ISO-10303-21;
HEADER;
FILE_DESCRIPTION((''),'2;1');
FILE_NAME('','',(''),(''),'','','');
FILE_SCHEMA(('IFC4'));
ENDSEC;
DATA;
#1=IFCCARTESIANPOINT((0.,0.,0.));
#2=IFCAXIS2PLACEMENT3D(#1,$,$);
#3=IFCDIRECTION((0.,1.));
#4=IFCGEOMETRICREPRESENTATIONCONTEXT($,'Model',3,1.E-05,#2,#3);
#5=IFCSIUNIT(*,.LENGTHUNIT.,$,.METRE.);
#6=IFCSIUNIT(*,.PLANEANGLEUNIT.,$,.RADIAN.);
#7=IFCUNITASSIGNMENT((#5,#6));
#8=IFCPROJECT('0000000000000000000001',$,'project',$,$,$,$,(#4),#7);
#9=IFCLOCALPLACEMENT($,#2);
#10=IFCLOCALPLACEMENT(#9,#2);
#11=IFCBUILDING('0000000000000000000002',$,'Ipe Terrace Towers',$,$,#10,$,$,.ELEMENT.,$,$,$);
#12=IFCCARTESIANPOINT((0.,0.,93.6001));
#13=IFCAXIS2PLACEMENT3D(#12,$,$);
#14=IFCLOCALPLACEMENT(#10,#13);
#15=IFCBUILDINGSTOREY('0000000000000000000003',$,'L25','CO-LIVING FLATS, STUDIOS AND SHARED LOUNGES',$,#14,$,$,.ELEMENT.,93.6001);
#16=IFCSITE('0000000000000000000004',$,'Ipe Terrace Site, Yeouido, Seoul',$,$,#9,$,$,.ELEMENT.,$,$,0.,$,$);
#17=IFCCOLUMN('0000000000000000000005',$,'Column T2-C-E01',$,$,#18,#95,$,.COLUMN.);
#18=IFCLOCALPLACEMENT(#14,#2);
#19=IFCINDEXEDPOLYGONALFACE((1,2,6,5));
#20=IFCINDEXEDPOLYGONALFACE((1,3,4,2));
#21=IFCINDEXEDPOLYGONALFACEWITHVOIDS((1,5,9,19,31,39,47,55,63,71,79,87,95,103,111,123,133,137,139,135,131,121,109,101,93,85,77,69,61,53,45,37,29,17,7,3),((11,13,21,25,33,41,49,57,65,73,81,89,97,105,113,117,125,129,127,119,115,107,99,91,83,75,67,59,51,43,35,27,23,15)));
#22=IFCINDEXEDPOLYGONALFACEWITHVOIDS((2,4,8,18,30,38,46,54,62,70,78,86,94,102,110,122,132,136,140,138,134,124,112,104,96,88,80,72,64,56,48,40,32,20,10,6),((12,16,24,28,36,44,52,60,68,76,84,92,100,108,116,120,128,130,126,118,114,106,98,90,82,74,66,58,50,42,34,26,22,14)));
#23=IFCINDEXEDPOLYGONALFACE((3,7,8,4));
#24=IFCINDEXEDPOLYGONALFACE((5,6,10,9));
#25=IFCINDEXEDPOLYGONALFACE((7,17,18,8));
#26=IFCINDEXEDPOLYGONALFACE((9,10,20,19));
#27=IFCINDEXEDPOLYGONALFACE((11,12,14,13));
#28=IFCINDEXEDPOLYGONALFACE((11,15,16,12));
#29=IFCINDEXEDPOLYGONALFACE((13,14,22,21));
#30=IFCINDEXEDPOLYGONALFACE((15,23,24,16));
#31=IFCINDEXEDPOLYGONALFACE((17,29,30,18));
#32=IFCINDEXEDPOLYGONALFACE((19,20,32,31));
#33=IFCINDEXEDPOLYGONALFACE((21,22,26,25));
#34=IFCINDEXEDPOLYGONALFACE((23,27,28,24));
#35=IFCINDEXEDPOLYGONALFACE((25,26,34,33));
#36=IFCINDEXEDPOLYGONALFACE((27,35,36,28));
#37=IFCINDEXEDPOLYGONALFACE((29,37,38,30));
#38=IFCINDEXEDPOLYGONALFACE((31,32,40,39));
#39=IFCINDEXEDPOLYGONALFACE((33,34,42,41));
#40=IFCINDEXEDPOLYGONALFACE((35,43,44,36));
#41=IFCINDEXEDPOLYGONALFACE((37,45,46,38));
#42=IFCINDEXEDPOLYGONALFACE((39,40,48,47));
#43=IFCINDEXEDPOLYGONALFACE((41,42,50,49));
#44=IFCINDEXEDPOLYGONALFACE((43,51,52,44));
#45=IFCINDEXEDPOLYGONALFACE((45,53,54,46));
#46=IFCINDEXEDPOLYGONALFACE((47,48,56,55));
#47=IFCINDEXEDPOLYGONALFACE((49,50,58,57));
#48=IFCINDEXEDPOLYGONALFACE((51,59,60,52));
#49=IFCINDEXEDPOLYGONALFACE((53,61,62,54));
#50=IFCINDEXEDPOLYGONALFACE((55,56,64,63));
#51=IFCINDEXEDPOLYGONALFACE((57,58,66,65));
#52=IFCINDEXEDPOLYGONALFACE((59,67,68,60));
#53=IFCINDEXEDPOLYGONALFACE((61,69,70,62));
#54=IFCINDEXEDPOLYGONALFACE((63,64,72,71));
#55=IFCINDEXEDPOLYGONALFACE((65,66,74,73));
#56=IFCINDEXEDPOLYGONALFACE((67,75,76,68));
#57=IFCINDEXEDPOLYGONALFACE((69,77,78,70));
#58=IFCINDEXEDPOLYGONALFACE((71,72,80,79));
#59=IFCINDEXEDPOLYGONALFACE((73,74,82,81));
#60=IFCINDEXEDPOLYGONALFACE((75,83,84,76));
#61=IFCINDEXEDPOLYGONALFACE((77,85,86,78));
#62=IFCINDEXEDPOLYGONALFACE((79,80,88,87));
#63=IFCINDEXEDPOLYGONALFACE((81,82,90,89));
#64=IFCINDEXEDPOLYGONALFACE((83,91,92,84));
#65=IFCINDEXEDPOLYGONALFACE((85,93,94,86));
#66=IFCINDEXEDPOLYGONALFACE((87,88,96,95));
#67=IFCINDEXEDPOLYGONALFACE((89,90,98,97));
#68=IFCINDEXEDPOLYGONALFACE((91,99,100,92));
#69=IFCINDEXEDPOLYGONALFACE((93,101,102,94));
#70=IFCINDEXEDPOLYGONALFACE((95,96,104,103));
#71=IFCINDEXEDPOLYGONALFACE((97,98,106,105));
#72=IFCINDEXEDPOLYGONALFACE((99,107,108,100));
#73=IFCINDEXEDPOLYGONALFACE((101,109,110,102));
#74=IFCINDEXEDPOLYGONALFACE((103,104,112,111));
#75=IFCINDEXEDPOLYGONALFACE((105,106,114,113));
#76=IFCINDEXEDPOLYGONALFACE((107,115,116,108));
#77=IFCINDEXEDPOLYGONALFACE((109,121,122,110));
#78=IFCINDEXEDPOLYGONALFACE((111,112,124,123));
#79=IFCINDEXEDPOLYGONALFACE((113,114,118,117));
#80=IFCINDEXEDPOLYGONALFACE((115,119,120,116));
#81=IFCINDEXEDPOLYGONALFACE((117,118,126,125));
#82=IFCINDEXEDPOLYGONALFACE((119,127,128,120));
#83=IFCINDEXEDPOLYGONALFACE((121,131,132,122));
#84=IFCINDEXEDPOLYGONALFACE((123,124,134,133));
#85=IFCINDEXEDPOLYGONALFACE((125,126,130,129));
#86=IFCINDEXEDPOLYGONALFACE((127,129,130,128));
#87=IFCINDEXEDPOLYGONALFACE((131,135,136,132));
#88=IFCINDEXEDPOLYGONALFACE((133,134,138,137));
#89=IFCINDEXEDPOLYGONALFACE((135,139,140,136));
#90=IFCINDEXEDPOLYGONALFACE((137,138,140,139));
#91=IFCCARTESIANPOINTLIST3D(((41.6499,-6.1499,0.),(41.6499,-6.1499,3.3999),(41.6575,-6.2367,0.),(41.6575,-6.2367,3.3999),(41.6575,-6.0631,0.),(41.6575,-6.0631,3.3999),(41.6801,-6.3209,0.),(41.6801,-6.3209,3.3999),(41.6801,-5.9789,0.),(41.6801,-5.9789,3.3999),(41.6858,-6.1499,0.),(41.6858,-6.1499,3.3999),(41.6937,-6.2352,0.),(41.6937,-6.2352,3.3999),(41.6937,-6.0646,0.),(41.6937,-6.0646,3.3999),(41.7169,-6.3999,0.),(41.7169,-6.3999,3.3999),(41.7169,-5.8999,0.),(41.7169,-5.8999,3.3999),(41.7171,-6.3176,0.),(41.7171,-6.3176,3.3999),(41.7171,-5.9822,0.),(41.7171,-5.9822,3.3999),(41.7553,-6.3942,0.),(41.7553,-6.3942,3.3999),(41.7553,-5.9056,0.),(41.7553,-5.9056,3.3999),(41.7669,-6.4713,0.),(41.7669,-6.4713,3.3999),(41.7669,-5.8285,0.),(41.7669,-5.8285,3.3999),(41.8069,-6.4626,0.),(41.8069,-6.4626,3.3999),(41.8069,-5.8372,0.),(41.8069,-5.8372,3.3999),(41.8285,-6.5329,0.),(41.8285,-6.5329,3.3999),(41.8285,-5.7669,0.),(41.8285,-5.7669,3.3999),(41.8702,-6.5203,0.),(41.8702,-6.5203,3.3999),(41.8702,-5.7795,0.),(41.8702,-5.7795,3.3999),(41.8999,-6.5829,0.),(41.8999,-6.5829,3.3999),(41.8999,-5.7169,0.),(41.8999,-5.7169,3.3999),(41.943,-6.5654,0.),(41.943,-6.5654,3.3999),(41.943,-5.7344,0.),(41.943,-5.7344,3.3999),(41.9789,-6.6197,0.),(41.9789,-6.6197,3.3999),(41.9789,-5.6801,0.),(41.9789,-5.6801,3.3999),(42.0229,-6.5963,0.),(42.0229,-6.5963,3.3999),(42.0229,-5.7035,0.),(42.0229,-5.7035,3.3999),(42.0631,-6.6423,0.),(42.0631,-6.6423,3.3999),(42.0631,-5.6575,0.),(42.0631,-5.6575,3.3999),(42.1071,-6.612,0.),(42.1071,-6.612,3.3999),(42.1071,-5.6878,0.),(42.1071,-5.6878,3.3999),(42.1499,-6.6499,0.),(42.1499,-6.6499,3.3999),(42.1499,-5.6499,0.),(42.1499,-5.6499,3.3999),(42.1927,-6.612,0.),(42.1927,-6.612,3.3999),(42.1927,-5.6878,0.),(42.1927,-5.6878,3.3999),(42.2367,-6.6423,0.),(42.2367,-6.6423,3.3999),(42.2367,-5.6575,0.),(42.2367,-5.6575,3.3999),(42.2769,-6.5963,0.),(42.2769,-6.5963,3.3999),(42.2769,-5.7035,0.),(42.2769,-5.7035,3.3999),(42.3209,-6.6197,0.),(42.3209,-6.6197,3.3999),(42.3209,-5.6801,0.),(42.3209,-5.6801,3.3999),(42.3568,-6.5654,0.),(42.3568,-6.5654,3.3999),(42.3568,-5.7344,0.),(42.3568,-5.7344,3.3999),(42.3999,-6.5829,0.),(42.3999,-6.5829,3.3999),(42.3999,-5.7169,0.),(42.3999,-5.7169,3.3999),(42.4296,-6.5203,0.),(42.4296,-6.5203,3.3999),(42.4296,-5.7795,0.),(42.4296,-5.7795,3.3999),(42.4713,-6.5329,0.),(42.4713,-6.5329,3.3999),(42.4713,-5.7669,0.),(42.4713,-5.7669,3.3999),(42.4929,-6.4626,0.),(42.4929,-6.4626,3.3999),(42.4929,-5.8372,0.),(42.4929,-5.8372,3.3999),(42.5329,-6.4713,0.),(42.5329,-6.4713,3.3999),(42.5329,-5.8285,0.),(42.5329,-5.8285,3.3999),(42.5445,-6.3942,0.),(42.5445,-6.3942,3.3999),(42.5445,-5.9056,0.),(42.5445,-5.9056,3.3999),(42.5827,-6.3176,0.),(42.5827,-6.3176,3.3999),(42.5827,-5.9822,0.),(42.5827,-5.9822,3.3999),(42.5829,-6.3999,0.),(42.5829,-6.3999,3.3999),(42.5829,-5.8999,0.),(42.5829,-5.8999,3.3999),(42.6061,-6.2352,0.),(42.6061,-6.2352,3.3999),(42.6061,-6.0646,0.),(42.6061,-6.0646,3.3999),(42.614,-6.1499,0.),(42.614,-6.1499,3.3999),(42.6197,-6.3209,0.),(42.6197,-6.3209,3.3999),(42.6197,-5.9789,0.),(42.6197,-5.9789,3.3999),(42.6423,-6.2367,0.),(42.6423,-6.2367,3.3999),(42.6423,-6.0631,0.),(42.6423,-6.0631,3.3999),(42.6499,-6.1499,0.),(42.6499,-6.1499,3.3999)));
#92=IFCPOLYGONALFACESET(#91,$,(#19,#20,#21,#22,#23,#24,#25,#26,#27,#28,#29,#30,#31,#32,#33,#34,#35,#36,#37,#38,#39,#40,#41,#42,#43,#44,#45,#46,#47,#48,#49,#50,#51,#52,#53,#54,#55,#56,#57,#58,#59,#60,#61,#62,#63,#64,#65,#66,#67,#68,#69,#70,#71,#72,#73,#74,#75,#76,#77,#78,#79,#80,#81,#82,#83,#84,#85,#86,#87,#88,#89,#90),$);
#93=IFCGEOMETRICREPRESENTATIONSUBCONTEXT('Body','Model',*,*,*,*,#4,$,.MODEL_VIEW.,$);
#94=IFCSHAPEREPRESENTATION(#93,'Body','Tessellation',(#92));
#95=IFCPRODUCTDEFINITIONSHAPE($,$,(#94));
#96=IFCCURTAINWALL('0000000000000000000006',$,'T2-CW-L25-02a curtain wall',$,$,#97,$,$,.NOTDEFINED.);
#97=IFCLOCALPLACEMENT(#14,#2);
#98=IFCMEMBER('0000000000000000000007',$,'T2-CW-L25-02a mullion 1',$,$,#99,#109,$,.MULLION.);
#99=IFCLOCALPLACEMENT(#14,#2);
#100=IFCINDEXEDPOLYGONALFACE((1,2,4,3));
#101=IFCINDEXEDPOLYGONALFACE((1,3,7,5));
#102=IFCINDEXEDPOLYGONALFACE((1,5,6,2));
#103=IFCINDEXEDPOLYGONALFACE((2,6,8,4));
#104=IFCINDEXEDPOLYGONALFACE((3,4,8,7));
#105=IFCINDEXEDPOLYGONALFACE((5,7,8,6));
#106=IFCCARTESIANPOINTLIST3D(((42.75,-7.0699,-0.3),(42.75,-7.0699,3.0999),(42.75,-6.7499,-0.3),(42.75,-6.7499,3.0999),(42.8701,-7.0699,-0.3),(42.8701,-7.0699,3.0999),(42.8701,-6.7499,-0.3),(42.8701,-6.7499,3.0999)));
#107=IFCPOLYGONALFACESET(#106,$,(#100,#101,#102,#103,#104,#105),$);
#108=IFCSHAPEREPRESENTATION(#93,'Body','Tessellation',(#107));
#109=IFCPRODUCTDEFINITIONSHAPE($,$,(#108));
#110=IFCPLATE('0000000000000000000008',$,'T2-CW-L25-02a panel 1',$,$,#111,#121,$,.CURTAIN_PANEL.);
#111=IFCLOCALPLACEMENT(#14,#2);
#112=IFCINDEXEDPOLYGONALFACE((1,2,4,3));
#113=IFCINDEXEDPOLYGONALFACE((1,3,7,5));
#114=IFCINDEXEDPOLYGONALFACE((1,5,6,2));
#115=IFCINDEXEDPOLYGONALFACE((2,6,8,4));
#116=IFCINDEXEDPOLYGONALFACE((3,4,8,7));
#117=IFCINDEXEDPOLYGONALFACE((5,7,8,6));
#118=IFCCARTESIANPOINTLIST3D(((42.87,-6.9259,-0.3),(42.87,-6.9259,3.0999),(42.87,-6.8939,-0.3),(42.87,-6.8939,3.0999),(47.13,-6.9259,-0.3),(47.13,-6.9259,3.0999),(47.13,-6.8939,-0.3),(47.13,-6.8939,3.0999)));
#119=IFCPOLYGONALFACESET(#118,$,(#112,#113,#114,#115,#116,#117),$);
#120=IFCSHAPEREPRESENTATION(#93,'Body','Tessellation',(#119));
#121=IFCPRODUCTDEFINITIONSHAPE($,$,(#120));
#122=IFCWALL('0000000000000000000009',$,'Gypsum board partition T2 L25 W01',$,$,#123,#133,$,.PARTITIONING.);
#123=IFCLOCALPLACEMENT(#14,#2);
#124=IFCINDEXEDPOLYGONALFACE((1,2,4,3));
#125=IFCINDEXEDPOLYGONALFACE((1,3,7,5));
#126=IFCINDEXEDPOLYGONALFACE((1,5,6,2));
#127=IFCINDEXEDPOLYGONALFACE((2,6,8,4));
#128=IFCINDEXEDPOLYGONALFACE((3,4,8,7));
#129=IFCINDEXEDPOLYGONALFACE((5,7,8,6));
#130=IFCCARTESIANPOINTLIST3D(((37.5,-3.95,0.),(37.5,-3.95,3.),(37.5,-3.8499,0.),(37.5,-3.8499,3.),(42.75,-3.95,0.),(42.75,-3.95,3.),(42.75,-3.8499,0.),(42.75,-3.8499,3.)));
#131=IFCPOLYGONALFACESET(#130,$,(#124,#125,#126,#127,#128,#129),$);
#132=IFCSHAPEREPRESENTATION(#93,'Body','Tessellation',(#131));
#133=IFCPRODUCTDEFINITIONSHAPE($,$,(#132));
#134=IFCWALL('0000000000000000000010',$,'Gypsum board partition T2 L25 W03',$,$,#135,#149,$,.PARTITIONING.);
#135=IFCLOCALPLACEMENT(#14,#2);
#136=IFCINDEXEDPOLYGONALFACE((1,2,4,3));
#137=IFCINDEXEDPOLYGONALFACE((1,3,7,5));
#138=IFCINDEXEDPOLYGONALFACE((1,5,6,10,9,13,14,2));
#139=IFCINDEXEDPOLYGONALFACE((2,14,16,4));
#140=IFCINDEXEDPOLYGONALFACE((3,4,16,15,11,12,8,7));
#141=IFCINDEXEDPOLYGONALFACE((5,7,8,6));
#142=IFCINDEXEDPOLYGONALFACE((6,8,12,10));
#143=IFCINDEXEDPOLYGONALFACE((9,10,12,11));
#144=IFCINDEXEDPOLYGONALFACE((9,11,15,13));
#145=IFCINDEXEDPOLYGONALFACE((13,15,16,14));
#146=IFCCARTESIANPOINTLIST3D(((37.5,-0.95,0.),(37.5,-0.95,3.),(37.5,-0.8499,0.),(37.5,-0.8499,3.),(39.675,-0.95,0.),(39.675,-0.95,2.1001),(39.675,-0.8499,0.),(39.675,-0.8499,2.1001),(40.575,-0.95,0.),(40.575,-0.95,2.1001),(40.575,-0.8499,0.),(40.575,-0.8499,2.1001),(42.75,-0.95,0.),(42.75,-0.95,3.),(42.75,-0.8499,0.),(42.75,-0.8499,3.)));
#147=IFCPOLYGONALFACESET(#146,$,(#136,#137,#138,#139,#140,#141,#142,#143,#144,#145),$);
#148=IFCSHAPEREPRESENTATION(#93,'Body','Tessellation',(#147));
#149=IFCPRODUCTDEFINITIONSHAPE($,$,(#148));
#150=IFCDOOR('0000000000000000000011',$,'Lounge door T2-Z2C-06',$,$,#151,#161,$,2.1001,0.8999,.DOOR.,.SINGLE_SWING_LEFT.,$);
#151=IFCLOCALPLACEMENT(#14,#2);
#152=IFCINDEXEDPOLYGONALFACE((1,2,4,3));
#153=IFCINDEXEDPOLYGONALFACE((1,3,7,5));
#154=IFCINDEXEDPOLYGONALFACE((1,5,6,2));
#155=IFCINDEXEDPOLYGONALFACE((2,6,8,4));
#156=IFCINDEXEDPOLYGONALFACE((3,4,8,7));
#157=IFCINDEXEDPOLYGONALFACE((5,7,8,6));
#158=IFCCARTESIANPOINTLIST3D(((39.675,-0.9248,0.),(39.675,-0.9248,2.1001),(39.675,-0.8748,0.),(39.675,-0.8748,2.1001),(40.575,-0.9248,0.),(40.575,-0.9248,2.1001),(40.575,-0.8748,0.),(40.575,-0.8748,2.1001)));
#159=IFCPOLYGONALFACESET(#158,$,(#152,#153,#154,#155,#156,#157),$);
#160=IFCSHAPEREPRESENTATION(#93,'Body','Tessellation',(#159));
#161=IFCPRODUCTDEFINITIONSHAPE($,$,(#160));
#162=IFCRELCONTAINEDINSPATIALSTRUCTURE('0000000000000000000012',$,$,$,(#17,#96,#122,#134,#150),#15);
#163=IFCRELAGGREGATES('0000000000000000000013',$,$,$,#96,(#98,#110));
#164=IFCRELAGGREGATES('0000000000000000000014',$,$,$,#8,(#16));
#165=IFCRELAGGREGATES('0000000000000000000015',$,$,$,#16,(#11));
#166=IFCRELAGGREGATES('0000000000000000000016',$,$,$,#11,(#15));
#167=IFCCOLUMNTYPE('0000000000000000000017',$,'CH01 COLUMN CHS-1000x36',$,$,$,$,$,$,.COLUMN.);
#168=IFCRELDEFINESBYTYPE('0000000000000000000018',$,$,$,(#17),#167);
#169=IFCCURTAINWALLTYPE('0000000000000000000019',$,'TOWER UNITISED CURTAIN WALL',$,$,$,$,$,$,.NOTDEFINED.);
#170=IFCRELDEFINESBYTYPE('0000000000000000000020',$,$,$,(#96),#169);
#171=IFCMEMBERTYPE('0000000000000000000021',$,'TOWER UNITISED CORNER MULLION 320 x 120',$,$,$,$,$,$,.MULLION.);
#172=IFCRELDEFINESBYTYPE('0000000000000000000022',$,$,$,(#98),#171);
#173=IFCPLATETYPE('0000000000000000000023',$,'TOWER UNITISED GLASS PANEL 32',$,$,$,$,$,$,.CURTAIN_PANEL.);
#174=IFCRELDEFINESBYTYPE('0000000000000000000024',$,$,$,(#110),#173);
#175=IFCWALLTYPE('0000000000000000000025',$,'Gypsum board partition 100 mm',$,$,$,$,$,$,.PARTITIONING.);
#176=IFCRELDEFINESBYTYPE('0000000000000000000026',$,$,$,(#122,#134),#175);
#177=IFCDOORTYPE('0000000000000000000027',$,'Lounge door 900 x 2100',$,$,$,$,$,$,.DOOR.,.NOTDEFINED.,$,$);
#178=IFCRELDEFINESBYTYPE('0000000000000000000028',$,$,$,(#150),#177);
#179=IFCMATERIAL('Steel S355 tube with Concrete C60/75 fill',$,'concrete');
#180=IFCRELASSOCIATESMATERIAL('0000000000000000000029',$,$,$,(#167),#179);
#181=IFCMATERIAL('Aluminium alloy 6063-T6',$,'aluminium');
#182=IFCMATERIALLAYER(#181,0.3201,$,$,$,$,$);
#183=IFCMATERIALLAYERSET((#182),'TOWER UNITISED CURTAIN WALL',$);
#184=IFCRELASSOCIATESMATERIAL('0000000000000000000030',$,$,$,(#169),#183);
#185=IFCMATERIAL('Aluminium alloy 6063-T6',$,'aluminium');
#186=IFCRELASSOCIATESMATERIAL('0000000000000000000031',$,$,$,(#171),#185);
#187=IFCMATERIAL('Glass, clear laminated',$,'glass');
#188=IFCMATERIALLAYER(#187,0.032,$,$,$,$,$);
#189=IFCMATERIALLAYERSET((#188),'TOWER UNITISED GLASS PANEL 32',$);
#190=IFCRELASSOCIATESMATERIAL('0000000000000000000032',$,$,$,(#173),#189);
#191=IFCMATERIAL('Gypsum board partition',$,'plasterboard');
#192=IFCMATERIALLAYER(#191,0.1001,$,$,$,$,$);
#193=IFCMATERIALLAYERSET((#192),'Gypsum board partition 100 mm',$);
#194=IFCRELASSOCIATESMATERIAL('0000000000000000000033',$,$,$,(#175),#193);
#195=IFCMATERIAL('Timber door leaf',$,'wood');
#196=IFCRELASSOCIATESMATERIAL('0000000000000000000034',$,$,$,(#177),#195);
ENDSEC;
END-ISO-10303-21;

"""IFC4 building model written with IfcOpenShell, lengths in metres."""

from ifc_helpers import new_model, si_unit, direction, frame, frame_2d, origin, origin_2d, place, context, subcontext, project, spatial, rectangle, hollow_circle, extrude, material, layer, layer_set, material_profile, profile_set, type_object, element, fill, aggregate, save


model = new_model("IFC4")

# Units and contexts
model_context = context("Model", 3, precision=1e-05, world=origin(), true_north=direction((0.0, 1.0)))
body_context = subcontext(model_context, "Body", "Model", "MODEL_VIEW")
ifc_project = project(units=[si_unit("LENGTHUNIT", "METRE"), si_unit("PLANEANGLEUNIT", "RADIAN")], contexts=[model_context])

# Site, building, storey
site_placement = place(None, origin())
site = spatial("IfcSite", under=ifc_project, at=site_placement, Name="Ipe Terrace Site, Yeouido, Seoul", CompositionType="ELEMENT", RefElevation=0.0)
building_placement = place(site_placement, origin())
building = spatial("IfcBuilding", under=site, at=building_placement, Name="Ipe Terrace Towers", CompositionType="ELEMENT")
storey_placement = place(building_placement, frame((0.0, 0.0, 93.6001)))
storey = spatial("IfcBuildingStorey", under=building, at=storey_placement, Name="L25", Description="CO-LIVING FLATS, STUDIOS AND SHARED LOUNGES", CompositionType="ELEMENT", Elevation=93.6001)

# Column
ifc_material_1 = material(Name="Steel S355 tube with Concrete C60/75 fill", Category="concrete")
ifc_material_profile_1 = material_profile(ifc_material_1, hollow_circle(Radius=0.5, WallThickness=0.0359, at=origin_2d()), Name="CHS-1000x36")
ifc_profile_set_1 = profile_set([ifc_material_profile_1], Name="Steel S355 tube with Concrete C60/75 fill")
column_type = type_object("IfcColumnType", Name="CH01 COLUMN CHS-1000x36", PredefinedType="COLUMN", material=ifc_profile_set_1)
column_placement = place(storey_placement, frame((42.1499, -6.1499, 0.0), z_axis=(0.0, 0.0, 1.0), x_axis=(1.0, 0.0, 0.0)))
element("IfcColumn", 1, at=column_placement, inside=storey, type_object=column_type, Name="Column T2-C-E01", PredefinedType="COLUMN", context=body_context, shape_type="SweptSolid", body=[
    extrude(hollow_circle(Radius=0.5, WallThickness=0.0359, at=origin_2d()), origin(), (0.0, 0.0, 1.0), 3.3999),
])

# Curtain wall, member, plate
ifc_material_2 = material(Name="Aluminium alloy 6063-T6", Category="aluminium")
ifc_layer_1 = layer(ifc_material_2, 0.3201)
ifc_layer_set_1 = layer_set([ifc_layer_1], Name="TOWER UNITISED CURTAIN WALL")
curtain_wall_type = type_object("IfcCurtainWallType", Name="TOWER UNITISED CURTAIN WALL", PredefinedType="NOTDEFINED", material=ifc_layer_set_1)
curtain_wall_placement = place(storey_placement, origin())
curtain_wall = element("IfcCurtainWall", 2, at=curtain_wall_placement, inside=storey, type_object=curtain_wall_type, Name="T2-CW-L25-02a curtain wall", PredefinedType="NOTDEFINED")
ifc_material_3 = material(Name="Aluminium alloy 6063-T6", Category="aluminium")
ifc_material_profile_2 = material_profile(ifc_material_3, rectangle(XDim=0.3201, YDim=0.1201, at=origin_2d()), Name="TOWER UNITISED CORNER MULLION 320 x 120")
ifc_profile_set_2 = profile_set([ifc_material_profile_2], Name="Aluminium alloy 6063-T6")
member_type = type_object("IfcMemberType", Name="TOWER UNITISED CORNER MULLION 320 x 120", PredefinedType="MULLION", material=ifc_profile_set_2)
member_placement = place(storey_placement, frame((42.8101, -6.9099, -0.3), z_axis=(0.0, 0.0, 1.0), x_axis=(0.0, -1.0, 0.0)))
member = element("IfcMember", 3, at=member_placement, type_object=member_type, Name="T2-CW-L25-02a mullion 1", PredefinedType="MULLION", context=body_context, shape_type="SweptSolid", body=[
    extrude(rectangle(XDim=0.3201, YDim=0.1201, at=origin_2d()), origin(), (0.0, 0.0, 1.0), 3.3999),
])
ifc_material_4 = material(Name="Glass, clear laminated", Category="glass")
ifc_layer_2 = layer(ifc_material_4, 0.032)
ifc_layer_set_2 = layer_set([ifc_layer_2], Name="TOWER UNITISED GLASS PANEL 32")
plate_type = type_object("IfcPlateType", Name="TOWER UNITISED GLASS PANEL 32", PredefinedType="CURTAIN_PANEL", material=ifc_layer_set_2)
plate_placement = place(storey_placement, frame((45.0, -6.9099, -0.3), z_axis=(0.0, 0.0, 1.0), x_axis=(1.0, 0.0, 0.0)))
plate = element("IfcPlate", 4, at=plate_placement, type_object=plate_type, Name="T2-CW-L25-02a panel 1", PredefinedType="CURTAIN_PANEL", context=body_context, shape_type="SweptSolid", body=[
    extrude(rectangle(XDim=4.26, YDim=0.032, at=origin_2d()), origin(), (0.0, 0.0, 1.0), 3.3999),
])
aggregate(curtain_wall, [member, plate])

# Wall
ifc_material_5 = material(Name="Gypsum board partition", Category="plasterboard")
ifc_layer_3 = layer(ifc_material_5, 0.1001)
ifc_layer_set_3 = layer_set([ifc_layer_3], Name="Gypsum board partition 100 mm")
wall_type_1 = type_object("IfcWallType", Name="Gypsum board partition 100 mm", PredefinedType="PARTITIONING", material=ifc_layer_set_3)
wall_1_placement = place(storey_placement, frame((42.75, -3.8999, 0.0), z_axis=(0.0, 0.0, 1.0), x_axis=(-1.0, 0.0, 0.0)))
element("IfcWall", 5, at=wall_1_placement, inside=storey, type_object=wall_type_1, Name="Gypsum board partition T2 L25 W01", PredefinedType="PARTITIONING", context=body_context, shape_type="SweptSolid", body=[
    extrude(rectangle(XDim=5.25, YDim=0.1001, at=frame_2d((2.625, 0.0))), origin(), (0.0, 0.0, 1.0), 3.0),
])

# Wall, opening, door
wall_2_placement = place(storey_placement, frame((42.75, -0.8999, 0.0), z_axis=(0.0, 0.0, 1.0), x_axis=(-1.0, 0.0, 0.0)))
wall_2 = element("IfcWall", 6, at=wall_2_placement, inside=storey, type_object=wall_type_1, Name="Gypsum board partition T2 L25 W03", PredefinedType="PARTITIONING", context=body_context, shape_type="SweptSolid", body=[
    extrude(rectangle(XDim=5.25, YDim=0.1001, at=frame_2d((2.625, 0.0))), origin(), (0.0, 0.0, 1.0), 3.0),
])
opening_1_placement = place(wall_2_placement, frame((2.175, 0.0, 0.0)))
opening_1 = element("IfcOpeningElement", 7, at=opening_1_placement, cuts=wall_2, PredefinedType="OPENING", context=body_context, shape_type="SweptSolid", body=[
    extrude(rectangle(XDim=0.8999, YDim=2.1001, at=frame_2d((0.45, 1.05))), frame((0.0, 0.0601, 0.0), z_axis=(0.0, -1.0, 0.0), x_axis=(1.0, 0.0, 0.0)), (0.0, 0.0, 1.0), 0.1201),
])
ifc_material_6 = material(Name="Timber door leaf", Category="wood")
door_type_1 = type_object("IfcDoorType", Name="Lounge door 900 x 2100", OperationType="NOTDEFINED", PredefinedType="DOOR", material=ifc_material_6)
door_1_placement = place(opening_1_placement, origin())
door_1 = element("IfcDoor", 8, at=door_1_placement, inside=storey, type_object=door_type_1, Name="Lounge door T2-Z2C-06", OperationType="SINGLE_SWING_LEFT", OverallHeight=2.1001, OverallWidth=0.8999, PredefinedType="DOOR", context=body_context, shape_type="SweptSolid", body=[
    extrude(rectangle(XDim=0.8999, YDim=2.1001, at=frame_2d((0.45, 1.05))), frame((0.0, 0.0249, 0.0), z_axis=(0.0, -1.0, 0.0), x_axis=(1.0, 0.0, 0.0)), (0.0, 0.0, 1.0), 0.05),
])
fill(opening_1, door_1)

save(model, "model.ifc")
